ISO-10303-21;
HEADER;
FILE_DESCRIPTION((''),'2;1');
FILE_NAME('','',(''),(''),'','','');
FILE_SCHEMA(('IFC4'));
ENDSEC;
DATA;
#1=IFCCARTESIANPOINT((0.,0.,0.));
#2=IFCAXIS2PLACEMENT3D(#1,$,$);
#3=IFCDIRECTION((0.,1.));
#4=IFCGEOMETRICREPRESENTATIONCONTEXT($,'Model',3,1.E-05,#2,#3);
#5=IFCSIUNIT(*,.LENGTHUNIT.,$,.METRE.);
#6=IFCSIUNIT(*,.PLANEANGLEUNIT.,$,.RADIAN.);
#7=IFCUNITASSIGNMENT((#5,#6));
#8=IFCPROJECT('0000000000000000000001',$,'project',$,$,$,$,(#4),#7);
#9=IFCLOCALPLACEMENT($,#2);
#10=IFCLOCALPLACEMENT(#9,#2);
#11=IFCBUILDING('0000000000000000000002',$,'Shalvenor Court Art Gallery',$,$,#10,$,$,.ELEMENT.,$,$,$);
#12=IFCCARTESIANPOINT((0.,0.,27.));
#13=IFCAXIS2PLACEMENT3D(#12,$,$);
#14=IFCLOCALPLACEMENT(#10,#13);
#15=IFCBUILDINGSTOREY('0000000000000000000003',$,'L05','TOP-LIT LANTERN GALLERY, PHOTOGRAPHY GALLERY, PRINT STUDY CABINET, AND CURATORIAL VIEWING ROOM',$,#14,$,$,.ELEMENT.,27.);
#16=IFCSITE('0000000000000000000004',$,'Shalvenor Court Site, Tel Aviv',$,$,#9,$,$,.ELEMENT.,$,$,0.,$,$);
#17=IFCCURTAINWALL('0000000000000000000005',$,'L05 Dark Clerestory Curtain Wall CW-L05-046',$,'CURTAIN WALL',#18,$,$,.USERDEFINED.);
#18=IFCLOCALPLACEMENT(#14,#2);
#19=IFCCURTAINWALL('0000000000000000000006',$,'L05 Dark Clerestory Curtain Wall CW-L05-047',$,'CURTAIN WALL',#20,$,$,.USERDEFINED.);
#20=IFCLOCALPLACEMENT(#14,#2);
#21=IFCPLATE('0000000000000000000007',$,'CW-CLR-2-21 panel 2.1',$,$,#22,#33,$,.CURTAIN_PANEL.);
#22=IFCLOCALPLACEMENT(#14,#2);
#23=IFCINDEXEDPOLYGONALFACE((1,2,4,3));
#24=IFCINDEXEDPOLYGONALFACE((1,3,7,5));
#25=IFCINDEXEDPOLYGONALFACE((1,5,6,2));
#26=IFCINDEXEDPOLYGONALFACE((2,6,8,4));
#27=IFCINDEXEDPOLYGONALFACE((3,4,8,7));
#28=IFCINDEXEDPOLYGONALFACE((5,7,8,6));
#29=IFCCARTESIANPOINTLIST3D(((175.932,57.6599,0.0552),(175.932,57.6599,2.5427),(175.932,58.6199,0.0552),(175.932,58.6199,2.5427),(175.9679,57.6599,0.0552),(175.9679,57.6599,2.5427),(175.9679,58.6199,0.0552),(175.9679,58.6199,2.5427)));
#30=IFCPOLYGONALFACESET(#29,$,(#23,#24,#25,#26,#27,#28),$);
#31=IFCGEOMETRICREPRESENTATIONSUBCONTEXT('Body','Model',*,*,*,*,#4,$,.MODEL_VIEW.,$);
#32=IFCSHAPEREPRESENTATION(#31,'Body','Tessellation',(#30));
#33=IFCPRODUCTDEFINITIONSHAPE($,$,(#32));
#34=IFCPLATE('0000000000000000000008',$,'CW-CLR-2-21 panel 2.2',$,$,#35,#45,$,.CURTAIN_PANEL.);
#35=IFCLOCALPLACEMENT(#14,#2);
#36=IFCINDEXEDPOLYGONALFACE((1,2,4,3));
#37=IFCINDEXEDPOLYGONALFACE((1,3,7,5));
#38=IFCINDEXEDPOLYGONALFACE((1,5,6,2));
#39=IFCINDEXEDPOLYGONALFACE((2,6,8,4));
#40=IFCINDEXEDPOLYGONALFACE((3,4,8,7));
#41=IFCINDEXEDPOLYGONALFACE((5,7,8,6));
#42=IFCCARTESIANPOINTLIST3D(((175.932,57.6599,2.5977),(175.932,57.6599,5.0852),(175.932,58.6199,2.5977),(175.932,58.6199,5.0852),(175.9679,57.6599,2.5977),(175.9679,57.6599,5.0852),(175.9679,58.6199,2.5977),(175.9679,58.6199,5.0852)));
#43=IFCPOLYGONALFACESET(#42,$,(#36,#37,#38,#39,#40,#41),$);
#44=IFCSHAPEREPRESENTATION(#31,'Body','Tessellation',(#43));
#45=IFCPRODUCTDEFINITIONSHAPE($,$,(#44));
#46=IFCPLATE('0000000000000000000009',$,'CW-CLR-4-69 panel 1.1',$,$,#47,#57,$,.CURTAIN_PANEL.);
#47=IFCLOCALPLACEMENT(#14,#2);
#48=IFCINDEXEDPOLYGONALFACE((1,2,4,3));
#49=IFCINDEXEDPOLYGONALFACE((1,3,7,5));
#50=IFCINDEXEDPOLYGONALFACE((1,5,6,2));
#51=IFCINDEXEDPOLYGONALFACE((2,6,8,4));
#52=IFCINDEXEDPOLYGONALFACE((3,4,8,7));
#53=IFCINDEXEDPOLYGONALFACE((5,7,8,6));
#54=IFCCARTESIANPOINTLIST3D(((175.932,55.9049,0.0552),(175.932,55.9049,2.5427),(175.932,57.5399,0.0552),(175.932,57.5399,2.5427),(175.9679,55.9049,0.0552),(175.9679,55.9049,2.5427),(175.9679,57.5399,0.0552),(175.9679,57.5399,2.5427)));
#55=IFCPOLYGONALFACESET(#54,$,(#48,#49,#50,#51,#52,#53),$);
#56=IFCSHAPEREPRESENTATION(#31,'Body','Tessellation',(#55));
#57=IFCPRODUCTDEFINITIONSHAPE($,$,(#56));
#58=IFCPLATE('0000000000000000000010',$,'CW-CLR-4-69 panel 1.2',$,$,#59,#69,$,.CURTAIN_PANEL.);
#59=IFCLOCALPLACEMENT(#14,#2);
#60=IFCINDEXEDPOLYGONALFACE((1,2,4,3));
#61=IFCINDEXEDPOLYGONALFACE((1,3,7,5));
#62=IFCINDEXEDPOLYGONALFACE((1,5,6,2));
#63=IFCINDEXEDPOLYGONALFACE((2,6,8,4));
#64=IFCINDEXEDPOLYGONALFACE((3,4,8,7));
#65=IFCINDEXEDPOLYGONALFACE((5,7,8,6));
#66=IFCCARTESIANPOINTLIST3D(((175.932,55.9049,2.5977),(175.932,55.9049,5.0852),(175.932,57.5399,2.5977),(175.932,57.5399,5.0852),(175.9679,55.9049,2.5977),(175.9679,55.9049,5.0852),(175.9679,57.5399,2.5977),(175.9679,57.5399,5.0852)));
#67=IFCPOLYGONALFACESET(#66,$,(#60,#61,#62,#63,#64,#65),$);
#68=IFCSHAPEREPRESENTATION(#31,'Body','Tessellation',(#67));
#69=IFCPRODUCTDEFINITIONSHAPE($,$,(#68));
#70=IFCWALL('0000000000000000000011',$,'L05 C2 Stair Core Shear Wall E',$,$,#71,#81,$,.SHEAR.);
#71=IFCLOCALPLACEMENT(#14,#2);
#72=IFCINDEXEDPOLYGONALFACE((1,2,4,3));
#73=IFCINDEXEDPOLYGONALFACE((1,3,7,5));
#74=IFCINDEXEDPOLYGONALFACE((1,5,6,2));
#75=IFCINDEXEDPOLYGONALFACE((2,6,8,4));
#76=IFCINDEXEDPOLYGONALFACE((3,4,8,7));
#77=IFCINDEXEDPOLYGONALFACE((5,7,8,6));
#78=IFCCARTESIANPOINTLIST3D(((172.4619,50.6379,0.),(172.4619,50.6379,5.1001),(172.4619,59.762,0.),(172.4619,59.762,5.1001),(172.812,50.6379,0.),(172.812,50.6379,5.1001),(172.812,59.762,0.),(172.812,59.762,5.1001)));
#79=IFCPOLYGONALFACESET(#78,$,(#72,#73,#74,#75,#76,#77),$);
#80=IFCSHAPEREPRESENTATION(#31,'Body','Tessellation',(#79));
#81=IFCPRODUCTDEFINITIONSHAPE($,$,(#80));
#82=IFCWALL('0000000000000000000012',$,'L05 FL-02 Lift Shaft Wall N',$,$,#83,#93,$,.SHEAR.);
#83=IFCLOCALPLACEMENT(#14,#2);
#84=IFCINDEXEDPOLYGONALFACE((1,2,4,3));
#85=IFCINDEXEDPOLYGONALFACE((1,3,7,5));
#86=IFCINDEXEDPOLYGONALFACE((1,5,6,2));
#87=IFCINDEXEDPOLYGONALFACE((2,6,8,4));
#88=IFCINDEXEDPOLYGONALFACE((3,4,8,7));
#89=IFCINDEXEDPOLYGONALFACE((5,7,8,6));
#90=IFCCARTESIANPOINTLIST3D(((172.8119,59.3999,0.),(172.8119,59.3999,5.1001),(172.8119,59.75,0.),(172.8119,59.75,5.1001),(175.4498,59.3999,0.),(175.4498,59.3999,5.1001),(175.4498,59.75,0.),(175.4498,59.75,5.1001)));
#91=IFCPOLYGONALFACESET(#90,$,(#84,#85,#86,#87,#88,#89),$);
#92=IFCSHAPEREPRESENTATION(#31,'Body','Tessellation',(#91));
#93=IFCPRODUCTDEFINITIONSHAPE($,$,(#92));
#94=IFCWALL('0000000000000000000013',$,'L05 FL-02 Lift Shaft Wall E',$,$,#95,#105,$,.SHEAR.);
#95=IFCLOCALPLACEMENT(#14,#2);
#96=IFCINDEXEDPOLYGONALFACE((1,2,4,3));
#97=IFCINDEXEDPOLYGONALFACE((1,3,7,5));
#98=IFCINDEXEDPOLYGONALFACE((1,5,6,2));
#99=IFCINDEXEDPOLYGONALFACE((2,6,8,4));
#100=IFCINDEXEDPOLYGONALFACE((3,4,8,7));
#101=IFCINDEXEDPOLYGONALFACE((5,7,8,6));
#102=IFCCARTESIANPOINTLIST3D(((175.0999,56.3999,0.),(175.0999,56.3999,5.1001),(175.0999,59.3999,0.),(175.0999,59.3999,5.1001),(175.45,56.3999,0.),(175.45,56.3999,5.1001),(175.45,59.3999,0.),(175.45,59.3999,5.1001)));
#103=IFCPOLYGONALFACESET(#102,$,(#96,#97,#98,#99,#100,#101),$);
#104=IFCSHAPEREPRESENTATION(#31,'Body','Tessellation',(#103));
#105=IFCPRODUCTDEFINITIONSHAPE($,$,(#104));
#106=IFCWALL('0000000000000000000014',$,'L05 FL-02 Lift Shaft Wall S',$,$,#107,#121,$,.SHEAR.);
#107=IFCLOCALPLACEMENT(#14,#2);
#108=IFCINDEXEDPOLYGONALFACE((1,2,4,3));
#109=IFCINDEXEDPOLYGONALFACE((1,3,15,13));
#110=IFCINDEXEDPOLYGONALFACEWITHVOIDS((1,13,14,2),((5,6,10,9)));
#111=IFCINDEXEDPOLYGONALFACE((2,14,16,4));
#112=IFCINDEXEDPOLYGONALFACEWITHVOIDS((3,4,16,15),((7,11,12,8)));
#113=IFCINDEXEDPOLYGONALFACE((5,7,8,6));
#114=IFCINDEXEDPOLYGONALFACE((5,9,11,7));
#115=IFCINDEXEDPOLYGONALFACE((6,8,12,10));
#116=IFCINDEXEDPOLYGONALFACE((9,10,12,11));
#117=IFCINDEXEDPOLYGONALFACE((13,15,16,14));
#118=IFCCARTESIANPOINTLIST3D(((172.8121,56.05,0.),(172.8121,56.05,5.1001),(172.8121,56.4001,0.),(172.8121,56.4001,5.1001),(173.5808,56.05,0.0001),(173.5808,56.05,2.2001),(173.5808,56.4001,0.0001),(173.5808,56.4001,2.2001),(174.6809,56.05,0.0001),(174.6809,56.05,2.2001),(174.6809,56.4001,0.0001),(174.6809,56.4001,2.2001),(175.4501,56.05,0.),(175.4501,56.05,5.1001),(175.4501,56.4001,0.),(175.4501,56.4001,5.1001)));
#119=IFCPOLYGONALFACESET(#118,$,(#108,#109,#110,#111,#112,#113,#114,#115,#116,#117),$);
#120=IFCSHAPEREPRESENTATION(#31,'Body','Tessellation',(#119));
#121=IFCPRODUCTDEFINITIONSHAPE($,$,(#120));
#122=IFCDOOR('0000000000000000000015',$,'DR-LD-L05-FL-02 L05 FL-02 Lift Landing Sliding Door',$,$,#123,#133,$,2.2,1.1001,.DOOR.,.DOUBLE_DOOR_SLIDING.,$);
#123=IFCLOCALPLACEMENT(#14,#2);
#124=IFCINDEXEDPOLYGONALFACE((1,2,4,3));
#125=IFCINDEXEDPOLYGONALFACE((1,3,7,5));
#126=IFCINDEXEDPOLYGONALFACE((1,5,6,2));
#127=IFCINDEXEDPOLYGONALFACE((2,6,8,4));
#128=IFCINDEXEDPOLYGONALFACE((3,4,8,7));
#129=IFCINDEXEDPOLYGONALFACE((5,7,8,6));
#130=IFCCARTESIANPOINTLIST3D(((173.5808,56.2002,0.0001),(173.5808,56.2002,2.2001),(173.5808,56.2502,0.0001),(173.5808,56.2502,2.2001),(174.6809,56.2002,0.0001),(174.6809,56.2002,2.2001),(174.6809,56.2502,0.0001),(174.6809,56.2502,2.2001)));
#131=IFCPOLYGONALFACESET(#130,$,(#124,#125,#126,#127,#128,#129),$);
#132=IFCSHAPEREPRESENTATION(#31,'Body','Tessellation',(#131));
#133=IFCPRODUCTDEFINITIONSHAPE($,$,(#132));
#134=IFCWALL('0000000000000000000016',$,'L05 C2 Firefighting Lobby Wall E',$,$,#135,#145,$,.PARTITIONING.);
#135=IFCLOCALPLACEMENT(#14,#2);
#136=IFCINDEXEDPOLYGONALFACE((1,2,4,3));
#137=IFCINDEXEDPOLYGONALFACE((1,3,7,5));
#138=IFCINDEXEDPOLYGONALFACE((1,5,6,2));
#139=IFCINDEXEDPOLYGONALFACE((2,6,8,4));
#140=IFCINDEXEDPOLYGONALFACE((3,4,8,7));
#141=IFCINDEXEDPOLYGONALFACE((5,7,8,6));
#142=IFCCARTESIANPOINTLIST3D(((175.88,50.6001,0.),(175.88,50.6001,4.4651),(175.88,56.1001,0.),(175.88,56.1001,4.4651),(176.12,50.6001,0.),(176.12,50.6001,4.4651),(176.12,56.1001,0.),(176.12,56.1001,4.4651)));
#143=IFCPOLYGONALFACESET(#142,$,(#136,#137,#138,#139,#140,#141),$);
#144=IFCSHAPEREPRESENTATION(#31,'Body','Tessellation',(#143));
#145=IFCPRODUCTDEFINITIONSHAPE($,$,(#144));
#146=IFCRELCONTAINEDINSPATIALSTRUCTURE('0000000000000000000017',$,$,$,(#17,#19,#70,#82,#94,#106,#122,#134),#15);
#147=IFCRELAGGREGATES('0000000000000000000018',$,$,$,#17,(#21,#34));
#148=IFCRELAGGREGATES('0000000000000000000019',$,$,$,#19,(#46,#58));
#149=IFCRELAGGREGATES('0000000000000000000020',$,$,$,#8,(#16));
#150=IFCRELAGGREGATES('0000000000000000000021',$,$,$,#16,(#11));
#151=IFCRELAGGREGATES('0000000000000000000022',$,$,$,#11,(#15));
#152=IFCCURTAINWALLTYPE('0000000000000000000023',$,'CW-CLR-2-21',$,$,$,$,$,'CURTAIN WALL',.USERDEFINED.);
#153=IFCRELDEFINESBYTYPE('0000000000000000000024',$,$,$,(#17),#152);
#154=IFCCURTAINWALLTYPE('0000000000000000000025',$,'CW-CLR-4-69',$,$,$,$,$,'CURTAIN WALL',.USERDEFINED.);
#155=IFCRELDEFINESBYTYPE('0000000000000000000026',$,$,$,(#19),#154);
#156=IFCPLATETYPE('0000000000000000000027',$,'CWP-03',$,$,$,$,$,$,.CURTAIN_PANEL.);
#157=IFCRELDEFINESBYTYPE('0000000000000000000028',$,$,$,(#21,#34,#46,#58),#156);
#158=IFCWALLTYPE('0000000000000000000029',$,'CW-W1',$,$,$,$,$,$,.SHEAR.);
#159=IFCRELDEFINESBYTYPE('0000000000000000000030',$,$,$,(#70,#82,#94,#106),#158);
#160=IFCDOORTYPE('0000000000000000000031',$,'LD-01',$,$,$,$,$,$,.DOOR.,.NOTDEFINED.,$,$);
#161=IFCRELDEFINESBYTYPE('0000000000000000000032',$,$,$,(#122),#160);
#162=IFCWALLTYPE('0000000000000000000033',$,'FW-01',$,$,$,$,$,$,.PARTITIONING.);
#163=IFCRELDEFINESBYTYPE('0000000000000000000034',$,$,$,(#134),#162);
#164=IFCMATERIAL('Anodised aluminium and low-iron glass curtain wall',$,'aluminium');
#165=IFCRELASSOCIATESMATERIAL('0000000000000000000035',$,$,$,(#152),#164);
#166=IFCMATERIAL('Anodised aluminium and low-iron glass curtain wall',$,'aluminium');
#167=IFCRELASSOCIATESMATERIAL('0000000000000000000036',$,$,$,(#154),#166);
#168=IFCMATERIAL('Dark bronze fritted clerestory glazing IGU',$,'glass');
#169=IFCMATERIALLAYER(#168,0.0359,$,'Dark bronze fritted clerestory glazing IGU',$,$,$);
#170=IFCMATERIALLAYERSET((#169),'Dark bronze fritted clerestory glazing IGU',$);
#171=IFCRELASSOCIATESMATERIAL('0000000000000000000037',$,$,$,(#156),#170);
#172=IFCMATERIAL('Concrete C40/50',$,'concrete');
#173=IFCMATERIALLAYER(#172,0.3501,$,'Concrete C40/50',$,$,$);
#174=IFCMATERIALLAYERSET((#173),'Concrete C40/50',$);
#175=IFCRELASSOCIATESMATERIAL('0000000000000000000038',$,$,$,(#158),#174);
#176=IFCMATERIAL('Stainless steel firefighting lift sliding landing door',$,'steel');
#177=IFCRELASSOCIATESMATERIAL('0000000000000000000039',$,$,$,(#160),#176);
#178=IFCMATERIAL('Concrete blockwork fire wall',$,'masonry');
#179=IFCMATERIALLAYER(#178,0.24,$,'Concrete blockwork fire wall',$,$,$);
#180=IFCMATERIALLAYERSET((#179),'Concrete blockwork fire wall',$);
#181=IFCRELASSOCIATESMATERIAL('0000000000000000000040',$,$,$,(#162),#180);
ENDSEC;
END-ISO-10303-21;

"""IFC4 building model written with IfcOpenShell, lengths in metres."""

from ifc_helpers import new_model, si_unit, direction, frame, frame_2d, origin, origin_2d, place, context, subcontext, project, spatial, rectangle, extrude, material, layer, layer_set, type_object, element, fill, aggregate, save


model = new_model("IFC4")

# Units and contexts
model_context = context("Model", 3, precision=1e-05, world=origin(), true_north=direction((0.0, 1.0)))
body_context = subcontext(model_context, "Body", "Model", "MODEL_VIEW")
ifc_project = project(units=[si_unit("LENGTHUNIT", "METRE"), si_unit("PLANEANGLEUNIT", "RADIAN")], contexts=[model_context])

# Site, building, storey
site_placement = place(None, origin())
site = spatial("IfcSite", under=ifc_project, at=site_placement, Name="Shalvenor Court Site, Tel Aviv", CompositionType="ELEMENT", RefElevation=0.0)
building_placement = place(site_placement, origin())
building = spatial("IfcBuilding", under=site, at=building_placement, Name="Shalvenor Court Art Gallery", CompositionType="ELEMENT")
storey_placement = place(building_placement, frame((0.0, 0.0, 27.0)))
storey = spatial("IfcBuildingStorey", under=building, at=storey_placement, Name="L05", Description="TOP-LIT LANTERN GALLERY, PHOTOGRAPHY GALLERY, PRINT STUDY CABINET, AND CURATORIAL VIEWING ROOM", CompositionType="ELEMENT", Elevation=27.0)

# Curtain wall
ifc_material_1 = material(Name="Anodised aluminium and low-iron glass curtain wall", Category="aluminium")
curtain_wall_type_1 = type_object("IfcCurtainWallType", Name="CW-CLR-2-21", ElementType="CURTAIN WALL", PredefinedType="USERDEFINED", material=ifc_material_1)
curtain_wall_1_placement = place(storey_placement, origin())
curtain_wall_1 = element("IfcCurtainWall", 1, at=curtain_wall_1_placement, inside=storey, type_object=curtain_wall_type_1, Name="L05 Dark Clerestory Curtain Wall CW-L05-046", ObjectType="CURTAIN WALL", PredefinedType="USERDEFINED")

# Curtain wall
ifc_material_2 = material(Name="Anodised aluminium and low-iron glass curtain wall", Category="aluminium")
curtain_wall_type_2 = type_object("IfcCurtainWallType", Name="CW-CLR-4-69", ElementType="CURTAIN WALL", PredefinedType="USERDEFINED", material=ifc_material_2)
curtain_wall_2_placement = place(storey_placement, origin())
curtain_wall_2 = element("IfcCurtainWall", 2, at=curtain_wall_2_placement, inside=storey, type_object=curtain_wall_type_2, Name="L05 Dark Clerestory Curtain Wall CW-L05-047", ObjectType="CURTAIN WALL", PredefinedType="USERDEFINED")

# Plates
ifc_material_3 = material(Name="Dark bronze fritted clerestory glazing IGU", Category="glass")
ifc_layer_1 = layer(ifc_material_3, 0.0359, Name="Dark bronze fritted clerestory glazing IGU")
ifc_layer_set_1 = layer_set([ifc_layer_1], Name="Dark bronze fritted clerestory glazing IGU")
plate_type = type_object("IfcPlateType", Name="CWP-03", PredefinedType="CURTAIN_PANEL", material=ifc_layer_set_1)
plate_1_placement = place(storey_placement, frame((175.95, 58.1399, 0.0552), z_axis=(0.0, 0.0, 1.0), x_axis=(0.0, -1.0, 0.0)))
plate_1 = element("IfcPlate", 3, at=plate_1_placement, type_object=plate_type, Name="CW-CLR-2-21 panel 2.1", PredefinedType="CURTAIN_PANEL", context=body_context, shape_type="SweptSolid", body=[
    extrude(rectangle(XDim=0.96, YDim=0.0359, at=origin_2d()), origin(), (0.0, 0.0, 1.0), 2.4875),
])
plate_2_placement = place(storey_placement, frame((175.95, 58.1399, 2.5977), z_axis=(0.0, 0.0, 1.0), x_axis=(0.0, -1.0, 0.0)))
plate_2 = element("IfcPlate", 4, at=plate_2_placement, type_object=plate_type, Name="CW-CLR-2-21 panel 2.2", PredefinedType="CURTAIN_PANEL", context=body_context, shape_type="SweptSolid", body=[
    extrude(rectangle(XDim=0.96, YDim=0.0359, at=origin_2d()), origin(), (0.0, 0.0, 1.0), 2.4875),
])
aggregate(curtain_wall_1, [plate_1, plate_2])
plate_3_placement = place(storey_placement, frame((175.95, 56.7224, 0.0552), z_axis=(0.0, 0.0, 1.0), x_axis=(0.0, -1.0, 0.0)))
plate_3 = element("IfcPlate", 5, at=plate_3_placement, type_object=plate_type, Name="CW-CLR-4-69 panel 1.1", PredefinedType="CURTAIN_PANEL", context=body_context, shape_type="SweptSolid", body=[
    extrude(rectangle(XDim=1.635, YDim=0.0359, at=origin_2d()), origin(), (0.0, 0.0, 1.0), 2.4875),
])
plate_4_placement = place(storey_placement, frame((175.95, 56.7224, 2.5977), z_axis=(0.0, 0.0, 1.0), x_axis=(0.0, -1.0, 0.0)))
plate_4 = element("IfcPlate", 6, at=plate_4_placement, type_object=plate_type, Name="CW-CLR-4-69 panel 1.2", PredefinedType="CURTAIN_PANEL", context=body_context, shape_type="SweptSolid", body=[
    extrude(rectangle(XDim=1.635, YDim=0.0359, at=origin_2d()), origin(), (0.0, 0.0, 1.0), 2.4875),
])
aggregate(curtain_wall_2, [plate_3, plate_4])

# Walls
ifc_material_4 = material(Name="Concrete C40/50", Category="concrete")
ifc_layer_2 = layer(ifc_material_4, 0.3501, Name="Concrete C40/50")
ifc_layer_set_2 = layer_set([ifc_layer_2], Name="Concrete C40/50")
wall_type_1 = type_object("IfcWallType", Name="CW-W1", PredefinedType="SHEAR", material=ifc_layer_set_2)
wall_1_placement = place(storey_placement, frame((172.637, 59.762, 0.0), z_axis=(0.0, 0.0, 1.0), x_axis=(0.0, -1.0, 0.0)))
element("IfcWall", 7, at=wall_1_placement, inside=storey, type_object=wall_type_1, Name="L05 C2 Stair Core Shear Wall E", PredefinedType="SHEAR", context=body_context, shape_type="SweptSolid", body=[
    extrude(rectangle(XDim=9.124, YDim=0.3501, at=frame_2d((4.562, 0.0))), origin(), (0.0, 0.0, 1.0), 5.1001),
])
wall_2_placement = place(storey_placement, frame((172.812, 59.575, 0.0), z_axis=(0.0, 0.0, 1.0), x_axis=(1.0, 0.0, 0.0)))
element("IfcWall", 8, at=wall_2_placement, inside=storey, type_object=wall_type_1, Name="L05 FL-02 Lift Shaft Wall N", PredefinedType="SHEAR", context=body_context, shape_type="SweptSolid", body=[
    extrude(rectangle(XDim=2.6379, YDim=0.3501, at=frame_2d((1.3188, 0.0))), origin(), (0.0, 0.0, 1.0), 5.1001),
])
wall_3_placement = place(storey_placement, frame((175.2749, 59.3999, 0.0), z_axis=(0.0, 0.0, 1.0), x_axis=(0.0, -1.0, 0.0)))
element("IfcWall", 9, at=wall_3_placement, inside=storey, type_object=wall_type_1, Name="L05 FL-02 Lift Shaft Wall E", PredefinedType="SHEAR", context=body_context, shape_type="SweptSolid", body=[
    extrude(rectangle(XDim=3.0, YDim=0.3501, at=frame_2d((1.5, 0.0))), origin(), (0.0, 0.0, 1.0), 5.1001),
])

# Wall, opening, door
wall_4_placement = place(storey_placement, frame((175.45, 56.2251, 0.0), z_axis=(0.0, 0.0, 1.0), x_axis=(-1.0, 0.0, 0.0)))
wall_4 = element("IfcWall", 10, at=wall_4_placement, inside=storey, type_object=wall_type_1, Name="L05 FL-02 Lift Shaft Wall S", PredefinedType="SHEAR", context=body_context, shape_type="SweptSolid", body=[
    extrude(rectangle(XDim=2.6379, YDim=0.3501, at=frame_2d((1.3188, 0.0))), origin(), (0.0, 0.0, 1.0), 5.1001),
])
opening_placement = place(wall_4_placement, frame((0.769, 0.0, 0.0)))
opening = element("IfcOpeningElement", 11, at=opening_placement, cuts=wall_4, PredefinedType="OPENING", context=body_context, shape_type="SweptSolid", body=[
    extrude(rectangle(XDim=1.1001, YDim=2.2, at=frame_2d((0.55, 1.1001))), frame((0.0, 0.1851, 0.0), z_axis=(0.0, -1.0, 0.0), x_axis=(1.0, 0.0, 0.0)), (0.0, 0.0, 1.0), 0.3701),
])
ifc_material_5 = material(Name="Stainless steel firefighting lift sliding landing door", Category="steel")
door_type = type_object("IfcDoorType", Name="LD-01", OperationType="NOTDEFINED", PredefinedType="DOOR", material=ifc_material_5)
door_placement = place(opening_placement, origin())
door = element("IfcDoor", 12, at=door_placement, inside=storey, type_object=door_type, Name="DR-LD-L05-FL-02 L05 FL-02 Lift Landing Sliding Door", OperationType="DOUBLE_DOOR_SLIDING", OverallHeight=2.2, OverallWidth=1.1001, PredefinedType="DOOR", context=body_context, shape_type="SweptSolid", body=[
    extrude(rectangle(XDim=1.1001, YDim=2.2, at=frame_2d((0.55, 1.1001))), frame((0.0, 0.0249, 0.0), z_axis=(0.0, -1.0, 0.0), x_axis=(1.0, 0.0, 0.0)), (0.0, 0.0, 1.0), 0.05),
])
fill(opening, door)

# Wall
ifc_material_6 = material(Name="Concrete blockwork fire wall", Category="masonry")
ifc_layer_3 = layer(ifc_material_6, 0.24, Name="Concrete blockwork fire wall")
ifc_layer_set_3 = layer_set([ifc_layer_3], Name="Concrete blockwork fire wall")
wall_type_2 = type_object("IfcWallType", Name="FW-01", PredefinedType="PARTITIONING", material=ifc_layer_set_3)
wall_5_placement = place(storey_placement, frame((176.0, 56.1001, 0.0), z_axis=(0.0, 0.0, 1.0), x_axis=(0.0, -1.0, 0.0)))
element("IfcWall", 13, at=wall_5_placement, inside=storey, type_object=wall_type_2, Name="L05 C2 Firefighting Lobby Wall E", PredefinedType="PARTITIONING", context=body_context, shape_type="SweptSolid", body=[
    extrude(rectangle(XDim=5.5, YDim=0.24, at=frame_2d((2.75, 0.0))), origin(), (0.0, 0.0, 1.0), 4.4651),
])

save(model, "model.ifc")
